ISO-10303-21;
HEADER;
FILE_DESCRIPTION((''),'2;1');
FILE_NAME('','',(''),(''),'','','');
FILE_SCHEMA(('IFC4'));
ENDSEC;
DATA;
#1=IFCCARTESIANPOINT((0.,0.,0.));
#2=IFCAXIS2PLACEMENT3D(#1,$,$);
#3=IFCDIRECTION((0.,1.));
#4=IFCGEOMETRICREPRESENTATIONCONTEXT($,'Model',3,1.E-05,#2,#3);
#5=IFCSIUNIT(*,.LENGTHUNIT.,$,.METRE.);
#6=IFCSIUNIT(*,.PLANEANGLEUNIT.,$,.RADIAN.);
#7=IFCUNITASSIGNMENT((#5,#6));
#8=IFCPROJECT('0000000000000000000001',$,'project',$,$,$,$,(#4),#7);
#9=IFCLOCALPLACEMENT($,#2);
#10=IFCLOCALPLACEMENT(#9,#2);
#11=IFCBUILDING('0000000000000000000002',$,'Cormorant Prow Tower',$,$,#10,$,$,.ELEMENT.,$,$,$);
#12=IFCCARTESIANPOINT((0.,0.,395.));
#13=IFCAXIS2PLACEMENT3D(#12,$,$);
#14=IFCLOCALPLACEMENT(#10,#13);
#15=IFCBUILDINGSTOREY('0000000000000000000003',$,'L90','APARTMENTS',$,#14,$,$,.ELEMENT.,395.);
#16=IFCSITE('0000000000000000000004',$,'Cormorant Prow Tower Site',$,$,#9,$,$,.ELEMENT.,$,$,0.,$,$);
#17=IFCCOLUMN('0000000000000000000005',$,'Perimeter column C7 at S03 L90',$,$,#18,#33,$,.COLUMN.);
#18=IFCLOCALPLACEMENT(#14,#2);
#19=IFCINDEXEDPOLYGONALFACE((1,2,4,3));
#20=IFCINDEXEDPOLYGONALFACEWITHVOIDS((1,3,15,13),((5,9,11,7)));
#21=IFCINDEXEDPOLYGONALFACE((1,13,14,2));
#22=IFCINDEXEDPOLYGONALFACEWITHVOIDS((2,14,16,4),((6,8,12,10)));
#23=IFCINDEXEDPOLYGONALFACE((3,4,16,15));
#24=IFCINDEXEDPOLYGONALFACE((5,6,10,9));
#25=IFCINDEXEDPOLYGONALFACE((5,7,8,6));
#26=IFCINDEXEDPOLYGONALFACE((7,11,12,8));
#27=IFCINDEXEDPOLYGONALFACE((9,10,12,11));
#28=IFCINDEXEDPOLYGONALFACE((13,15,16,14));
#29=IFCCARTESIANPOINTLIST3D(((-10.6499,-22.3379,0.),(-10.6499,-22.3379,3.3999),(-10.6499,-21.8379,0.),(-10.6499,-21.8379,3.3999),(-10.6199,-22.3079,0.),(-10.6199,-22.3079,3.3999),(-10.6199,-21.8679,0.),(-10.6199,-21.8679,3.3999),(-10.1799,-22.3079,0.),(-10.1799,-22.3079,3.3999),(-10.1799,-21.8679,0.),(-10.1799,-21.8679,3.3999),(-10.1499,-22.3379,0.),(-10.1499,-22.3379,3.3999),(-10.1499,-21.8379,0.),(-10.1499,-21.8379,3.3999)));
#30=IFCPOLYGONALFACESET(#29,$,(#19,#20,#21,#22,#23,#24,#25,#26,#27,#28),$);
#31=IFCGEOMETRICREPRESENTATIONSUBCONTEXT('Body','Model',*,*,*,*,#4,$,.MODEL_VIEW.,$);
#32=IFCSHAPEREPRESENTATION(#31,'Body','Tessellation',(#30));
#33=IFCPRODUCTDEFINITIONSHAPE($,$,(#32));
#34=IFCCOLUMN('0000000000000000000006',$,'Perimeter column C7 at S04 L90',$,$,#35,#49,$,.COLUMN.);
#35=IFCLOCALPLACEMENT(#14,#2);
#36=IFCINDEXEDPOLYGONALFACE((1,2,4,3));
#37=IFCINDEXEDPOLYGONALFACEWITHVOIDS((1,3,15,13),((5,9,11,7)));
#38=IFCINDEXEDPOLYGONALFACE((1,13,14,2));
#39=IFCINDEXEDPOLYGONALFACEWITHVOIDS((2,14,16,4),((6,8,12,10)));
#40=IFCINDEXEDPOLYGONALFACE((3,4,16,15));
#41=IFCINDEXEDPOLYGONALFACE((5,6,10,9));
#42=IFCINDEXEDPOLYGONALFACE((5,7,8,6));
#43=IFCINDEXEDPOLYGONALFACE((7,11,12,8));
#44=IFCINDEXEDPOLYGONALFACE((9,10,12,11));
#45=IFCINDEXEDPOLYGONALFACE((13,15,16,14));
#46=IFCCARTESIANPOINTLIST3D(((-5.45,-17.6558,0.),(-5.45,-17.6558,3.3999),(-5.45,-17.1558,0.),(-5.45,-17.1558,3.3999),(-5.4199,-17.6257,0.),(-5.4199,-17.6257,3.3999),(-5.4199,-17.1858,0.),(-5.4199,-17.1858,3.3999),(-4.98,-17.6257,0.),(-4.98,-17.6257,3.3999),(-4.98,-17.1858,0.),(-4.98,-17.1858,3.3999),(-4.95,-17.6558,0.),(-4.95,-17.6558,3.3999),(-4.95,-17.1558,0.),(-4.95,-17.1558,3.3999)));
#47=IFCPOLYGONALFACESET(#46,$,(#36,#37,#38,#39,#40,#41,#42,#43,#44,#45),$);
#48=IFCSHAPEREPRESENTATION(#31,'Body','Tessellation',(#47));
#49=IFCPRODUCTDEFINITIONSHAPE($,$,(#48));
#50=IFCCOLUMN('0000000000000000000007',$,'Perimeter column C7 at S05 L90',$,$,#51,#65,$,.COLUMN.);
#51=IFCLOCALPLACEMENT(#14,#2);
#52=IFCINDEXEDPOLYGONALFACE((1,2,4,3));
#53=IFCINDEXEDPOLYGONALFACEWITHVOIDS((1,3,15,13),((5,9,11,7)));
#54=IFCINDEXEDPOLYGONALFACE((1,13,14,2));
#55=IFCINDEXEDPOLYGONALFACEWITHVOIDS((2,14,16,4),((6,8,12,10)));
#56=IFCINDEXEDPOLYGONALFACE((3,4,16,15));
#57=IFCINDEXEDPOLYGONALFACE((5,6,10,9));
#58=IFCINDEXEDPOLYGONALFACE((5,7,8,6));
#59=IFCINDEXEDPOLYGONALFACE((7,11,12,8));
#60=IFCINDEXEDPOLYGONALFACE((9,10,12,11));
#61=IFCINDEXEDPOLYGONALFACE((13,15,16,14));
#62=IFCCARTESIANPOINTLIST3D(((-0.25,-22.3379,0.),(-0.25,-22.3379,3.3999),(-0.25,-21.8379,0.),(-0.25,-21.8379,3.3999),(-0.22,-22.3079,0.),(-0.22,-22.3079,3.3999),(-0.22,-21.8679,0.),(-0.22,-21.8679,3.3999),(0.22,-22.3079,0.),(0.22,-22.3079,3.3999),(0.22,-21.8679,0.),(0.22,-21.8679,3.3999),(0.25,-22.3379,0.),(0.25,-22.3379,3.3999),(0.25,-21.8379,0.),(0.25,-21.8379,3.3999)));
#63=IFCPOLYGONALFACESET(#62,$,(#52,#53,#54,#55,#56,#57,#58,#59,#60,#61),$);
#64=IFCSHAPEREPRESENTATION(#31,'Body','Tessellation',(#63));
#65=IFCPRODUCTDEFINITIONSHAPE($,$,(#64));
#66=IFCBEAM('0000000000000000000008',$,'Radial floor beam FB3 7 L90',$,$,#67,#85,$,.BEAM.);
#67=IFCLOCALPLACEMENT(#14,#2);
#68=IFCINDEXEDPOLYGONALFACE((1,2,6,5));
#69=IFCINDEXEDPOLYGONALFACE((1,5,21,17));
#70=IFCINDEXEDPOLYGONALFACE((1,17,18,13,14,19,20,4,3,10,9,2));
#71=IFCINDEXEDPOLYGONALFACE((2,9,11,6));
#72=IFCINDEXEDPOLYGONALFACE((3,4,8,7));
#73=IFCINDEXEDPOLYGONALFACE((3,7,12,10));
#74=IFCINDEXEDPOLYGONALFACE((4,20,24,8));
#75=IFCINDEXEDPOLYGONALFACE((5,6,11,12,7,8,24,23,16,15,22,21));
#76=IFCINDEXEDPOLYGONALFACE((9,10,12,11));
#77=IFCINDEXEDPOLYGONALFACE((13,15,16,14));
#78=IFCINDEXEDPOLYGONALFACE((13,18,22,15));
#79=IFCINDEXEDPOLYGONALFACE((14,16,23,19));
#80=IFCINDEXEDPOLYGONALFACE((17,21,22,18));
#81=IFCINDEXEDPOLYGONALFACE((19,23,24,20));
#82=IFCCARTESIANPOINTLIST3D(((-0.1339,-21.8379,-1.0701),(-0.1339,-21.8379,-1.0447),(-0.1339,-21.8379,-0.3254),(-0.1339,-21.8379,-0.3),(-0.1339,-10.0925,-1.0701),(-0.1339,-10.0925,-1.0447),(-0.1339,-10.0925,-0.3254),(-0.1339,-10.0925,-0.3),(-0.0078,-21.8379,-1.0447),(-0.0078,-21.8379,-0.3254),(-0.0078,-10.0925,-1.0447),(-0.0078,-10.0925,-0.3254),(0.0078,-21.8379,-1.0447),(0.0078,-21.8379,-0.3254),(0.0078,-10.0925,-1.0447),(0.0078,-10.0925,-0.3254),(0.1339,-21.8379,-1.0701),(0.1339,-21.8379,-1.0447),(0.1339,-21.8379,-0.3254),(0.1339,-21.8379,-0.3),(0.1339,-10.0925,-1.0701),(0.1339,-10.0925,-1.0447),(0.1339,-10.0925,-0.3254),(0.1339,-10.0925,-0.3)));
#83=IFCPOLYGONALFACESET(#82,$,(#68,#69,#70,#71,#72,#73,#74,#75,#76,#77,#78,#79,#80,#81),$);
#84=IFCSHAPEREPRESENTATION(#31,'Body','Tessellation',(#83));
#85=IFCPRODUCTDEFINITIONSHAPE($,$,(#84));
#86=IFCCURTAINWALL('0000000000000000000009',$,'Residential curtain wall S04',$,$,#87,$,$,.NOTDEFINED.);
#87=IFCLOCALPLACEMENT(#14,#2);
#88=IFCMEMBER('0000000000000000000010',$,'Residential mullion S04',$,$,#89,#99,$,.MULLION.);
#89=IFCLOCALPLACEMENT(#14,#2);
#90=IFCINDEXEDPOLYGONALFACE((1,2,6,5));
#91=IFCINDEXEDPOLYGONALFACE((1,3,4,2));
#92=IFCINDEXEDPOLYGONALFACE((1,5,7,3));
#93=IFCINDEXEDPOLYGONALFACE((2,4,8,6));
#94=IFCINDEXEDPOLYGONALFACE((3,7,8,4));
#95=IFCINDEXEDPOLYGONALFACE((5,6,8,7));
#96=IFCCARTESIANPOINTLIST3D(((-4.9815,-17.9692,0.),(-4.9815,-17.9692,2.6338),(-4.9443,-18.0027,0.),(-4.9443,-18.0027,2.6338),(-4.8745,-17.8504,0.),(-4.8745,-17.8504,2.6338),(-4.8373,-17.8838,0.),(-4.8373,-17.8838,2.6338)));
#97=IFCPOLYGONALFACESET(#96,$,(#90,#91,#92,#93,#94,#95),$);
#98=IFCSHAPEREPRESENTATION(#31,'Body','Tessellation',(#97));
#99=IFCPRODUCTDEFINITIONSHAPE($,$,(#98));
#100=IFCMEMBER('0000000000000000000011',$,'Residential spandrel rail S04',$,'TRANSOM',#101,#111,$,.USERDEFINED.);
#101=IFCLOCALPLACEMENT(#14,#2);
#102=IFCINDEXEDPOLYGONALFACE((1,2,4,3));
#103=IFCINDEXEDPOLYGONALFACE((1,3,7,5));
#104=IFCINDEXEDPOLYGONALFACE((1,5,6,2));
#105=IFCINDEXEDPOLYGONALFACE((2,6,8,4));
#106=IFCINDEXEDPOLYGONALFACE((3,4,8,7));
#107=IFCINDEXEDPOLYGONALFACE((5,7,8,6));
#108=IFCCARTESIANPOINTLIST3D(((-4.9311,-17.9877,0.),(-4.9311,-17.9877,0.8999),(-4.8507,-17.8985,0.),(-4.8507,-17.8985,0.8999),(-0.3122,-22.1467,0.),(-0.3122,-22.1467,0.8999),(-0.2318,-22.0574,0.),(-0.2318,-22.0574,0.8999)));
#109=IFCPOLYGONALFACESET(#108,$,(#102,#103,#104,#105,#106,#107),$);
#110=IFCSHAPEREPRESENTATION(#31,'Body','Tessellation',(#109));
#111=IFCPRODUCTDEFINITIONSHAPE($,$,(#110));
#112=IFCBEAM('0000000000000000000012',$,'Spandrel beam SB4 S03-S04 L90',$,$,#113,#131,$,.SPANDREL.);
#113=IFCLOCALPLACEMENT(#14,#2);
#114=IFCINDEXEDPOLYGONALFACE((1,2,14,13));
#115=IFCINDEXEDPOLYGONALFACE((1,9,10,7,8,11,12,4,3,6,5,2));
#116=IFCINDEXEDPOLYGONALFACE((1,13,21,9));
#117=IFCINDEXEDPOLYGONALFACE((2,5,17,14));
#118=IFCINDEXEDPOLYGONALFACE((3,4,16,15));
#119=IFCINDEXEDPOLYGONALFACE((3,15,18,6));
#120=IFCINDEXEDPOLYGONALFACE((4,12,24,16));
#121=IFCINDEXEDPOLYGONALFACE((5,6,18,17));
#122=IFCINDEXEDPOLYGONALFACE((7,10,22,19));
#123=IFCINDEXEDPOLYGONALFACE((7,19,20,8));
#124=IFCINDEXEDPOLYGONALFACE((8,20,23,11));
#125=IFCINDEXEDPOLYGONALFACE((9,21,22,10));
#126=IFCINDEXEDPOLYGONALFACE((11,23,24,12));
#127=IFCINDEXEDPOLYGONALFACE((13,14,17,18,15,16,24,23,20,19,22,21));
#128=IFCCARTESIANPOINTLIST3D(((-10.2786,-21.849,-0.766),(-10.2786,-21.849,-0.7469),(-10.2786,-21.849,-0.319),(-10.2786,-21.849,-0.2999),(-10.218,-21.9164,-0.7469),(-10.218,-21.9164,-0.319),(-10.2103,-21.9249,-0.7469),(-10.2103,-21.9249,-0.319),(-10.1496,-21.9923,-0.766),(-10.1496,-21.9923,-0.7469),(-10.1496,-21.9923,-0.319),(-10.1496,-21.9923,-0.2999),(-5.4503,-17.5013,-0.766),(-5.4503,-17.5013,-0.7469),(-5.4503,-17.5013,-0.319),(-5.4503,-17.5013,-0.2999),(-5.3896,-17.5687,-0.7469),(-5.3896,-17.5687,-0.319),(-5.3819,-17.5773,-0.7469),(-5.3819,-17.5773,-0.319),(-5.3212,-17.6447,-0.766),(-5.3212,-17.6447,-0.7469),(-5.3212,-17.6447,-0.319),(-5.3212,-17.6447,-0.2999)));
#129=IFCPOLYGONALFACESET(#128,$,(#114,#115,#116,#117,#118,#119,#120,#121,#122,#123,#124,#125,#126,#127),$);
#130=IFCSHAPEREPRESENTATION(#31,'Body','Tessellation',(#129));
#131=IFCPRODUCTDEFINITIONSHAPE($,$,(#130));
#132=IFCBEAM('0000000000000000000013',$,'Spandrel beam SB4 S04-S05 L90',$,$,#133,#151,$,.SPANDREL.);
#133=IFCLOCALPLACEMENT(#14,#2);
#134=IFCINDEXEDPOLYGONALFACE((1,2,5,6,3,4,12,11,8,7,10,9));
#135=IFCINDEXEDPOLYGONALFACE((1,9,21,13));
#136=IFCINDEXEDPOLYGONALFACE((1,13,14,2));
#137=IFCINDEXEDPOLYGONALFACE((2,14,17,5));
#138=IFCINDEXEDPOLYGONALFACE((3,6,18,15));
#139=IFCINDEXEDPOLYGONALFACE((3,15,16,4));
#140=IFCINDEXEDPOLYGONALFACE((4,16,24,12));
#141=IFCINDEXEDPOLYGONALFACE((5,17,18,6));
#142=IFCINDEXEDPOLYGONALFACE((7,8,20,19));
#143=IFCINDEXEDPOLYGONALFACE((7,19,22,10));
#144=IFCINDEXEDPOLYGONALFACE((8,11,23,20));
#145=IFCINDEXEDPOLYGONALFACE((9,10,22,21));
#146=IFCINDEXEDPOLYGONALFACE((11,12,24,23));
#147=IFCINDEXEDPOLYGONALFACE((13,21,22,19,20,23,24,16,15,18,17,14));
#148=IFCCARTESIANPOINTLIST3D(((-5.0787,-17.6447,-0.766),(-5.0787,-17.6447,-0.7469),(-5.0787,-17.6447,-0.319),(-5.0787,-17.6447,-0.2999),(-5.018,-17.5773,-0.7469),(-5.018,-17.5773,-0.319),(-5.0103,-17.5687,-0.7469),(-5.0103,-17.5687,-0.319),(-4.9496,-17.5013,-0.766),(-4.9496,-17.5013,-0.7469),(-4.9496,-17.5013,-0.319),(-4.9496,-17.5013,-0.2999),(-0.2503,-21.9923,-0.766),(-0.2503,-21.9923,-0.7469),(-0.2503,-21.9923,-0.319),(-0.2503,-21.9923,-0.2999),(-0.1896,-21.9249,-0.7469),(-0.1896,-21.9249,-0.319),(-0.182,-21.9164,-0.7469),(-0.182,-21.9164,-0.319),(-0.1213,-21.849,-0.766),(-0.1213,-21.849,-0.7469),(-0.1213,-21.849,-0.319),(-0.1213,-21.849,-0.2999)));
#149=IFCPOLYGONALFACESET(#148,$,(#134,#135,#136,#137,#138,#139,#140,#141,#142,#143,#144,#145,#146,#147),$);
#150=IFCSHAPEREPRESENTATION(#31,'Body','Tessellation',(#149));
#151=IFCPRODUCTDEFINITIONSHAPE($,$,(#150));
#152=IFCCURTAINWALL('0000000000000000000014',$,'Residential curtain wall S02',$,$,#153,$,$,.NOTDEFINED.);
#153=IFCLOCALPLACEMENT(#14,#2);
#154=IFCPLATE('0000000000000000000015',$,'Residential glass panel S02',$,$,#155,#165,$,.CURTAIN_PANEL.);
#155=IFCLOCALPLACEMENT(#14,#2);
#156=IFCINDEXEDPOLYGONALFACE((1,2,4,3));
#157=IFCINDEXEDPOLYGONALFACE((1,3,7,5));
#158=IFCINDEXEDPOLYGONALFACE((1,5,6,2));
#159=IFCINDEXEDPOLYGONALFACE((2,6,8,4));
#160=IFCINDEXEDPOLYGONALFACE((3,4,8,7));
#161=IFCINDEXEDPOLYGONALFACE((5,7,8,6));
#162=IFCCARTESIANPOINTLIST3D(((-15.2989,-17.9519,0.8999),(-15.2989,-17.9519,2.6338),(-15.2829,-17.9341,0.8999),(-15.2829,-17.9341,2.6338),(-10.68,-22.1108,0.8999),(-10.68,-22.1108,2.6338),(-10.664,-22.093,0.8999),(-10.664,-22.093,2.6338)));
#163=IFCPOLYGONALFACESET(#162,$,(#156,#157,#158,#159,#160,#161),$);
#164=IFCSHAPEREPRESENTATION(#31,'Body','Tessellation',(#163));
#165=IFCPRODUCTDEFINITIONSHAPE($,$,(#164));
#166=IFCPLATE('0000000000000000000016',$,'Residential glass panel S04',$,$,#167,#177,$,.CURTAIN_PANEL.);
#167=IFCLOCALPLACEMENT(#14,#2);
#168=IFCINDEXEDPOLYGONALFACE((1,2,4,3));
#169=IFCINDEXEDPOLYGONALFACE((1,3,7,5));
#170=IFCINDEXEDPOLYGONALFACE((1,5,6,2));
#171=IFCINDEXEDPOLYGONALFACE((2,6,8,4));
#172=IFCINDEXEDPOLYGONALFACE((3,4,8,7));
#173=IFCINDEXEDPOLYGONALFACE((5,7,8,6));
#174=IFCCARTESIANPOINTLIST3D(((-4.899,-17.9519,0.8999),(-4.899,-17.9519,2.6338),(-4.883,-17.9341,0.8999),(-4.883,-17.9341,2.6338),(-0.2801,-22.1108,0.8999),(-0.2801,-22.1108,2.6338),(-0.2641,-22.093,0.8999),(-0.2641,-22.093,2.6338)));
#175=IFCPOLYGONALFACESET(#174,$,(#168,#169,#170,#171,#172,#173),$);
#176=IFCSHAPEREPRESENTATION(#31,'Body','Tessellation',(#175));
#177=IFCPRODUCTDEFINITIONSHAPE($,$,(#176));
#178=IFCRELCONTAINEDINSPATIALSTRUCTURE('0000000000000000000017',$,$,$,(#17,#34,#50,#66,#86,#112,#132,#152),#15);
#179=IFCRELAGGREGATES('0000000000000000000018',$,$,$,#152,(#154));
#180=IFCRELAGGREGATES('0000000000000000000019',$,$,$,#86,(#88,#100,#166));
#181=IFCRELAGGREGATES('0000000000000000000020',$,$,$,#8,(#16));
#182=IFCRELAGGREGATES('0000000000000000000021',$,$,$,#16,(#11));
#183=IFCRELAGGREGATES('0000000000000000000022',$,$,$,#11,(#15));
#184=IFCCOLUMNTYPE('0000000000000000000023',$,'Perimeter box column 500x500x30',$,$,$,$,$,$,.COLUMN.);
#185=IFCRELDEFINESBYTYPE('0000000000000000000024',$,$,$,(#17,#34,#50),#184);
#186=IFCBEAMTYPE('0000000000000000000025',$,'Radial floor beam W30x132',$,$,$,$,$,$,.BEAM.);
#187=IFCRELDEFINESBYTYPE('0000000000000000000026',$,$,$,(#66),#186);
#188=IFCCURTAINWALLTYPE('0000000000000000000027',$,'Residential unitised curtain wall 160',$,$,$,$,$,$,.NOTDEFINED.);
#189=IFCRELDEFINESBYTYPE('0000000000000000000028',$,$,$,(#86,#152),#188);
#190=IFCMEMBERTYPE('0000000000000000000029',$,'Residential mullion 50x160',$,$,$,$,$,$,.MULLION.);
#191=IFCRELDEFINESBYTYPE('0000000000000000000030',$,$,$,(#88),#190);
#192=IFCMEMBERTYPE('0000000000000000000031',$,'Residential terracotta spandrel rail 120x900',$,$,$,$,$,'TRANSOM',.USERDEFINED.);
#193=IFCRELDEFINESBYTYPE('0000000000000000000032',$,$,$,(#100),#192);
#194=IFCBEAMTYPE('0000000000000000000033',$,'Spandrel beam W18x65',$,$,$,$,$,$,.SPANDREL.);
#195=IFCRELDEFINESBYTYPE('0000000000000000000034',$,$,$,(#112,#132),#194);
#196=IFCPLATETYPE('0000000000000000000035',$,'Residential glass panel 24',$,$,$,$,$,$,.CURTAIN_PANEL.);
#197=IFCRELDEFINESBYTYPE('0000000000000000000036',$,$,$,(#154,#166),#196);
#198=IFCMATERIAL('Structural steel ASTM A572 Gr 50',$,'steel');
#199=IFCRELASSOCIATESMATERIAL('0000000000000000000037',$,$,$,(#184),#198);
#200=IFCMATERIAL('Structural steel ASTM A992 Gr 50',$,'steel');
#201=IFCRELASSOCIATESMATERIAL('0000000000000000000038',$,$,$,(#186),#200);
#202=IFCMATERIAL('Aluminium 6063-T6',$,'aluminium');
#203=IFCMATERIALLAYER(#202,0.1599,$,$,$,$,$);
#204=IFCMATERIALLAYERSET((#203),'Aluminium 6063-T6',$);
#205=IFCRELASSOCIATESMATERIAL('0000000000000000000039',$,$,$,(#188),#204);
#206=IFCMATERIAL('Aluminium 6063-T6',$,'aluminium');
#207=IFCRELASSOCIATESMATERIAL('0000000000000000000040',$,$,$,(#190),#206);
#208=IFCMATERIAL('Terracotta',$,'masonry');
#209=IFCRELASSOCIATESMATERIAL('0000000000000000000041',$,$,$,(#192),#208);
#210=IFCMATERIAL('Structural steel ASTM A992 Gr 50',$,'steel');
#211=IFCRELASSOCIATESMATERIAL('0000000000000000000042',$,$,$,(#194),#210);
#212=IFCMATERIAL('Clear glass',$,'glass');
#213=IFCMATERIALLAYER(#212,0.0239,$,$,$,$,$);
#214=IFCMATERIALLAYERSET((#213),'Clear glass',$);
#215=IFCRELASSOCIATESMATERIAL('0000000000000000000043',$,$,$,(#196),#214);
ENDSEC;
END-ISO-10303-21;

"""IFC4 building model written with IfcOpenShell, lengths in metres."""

from ifc_helpers import new_model, si_unit, direction, frame, origin, origin_2d, place, context, subcontext, project, spatial, rectangle, hollow_rectangle, i_section, extrude, material, layer, layer_set, material_profile, profile_set, type_object, element, aggregate, save


model = new_model("IFC4")

# Units and contexts
model_context = context("Model", 3, precision=1e-05, world=origin(), true_north=direction((0.0, 1.0)))
body_context = subcontext(model_context, "Body", "Model", "MODEL_VIEW")
ifc_project = project(units=[si_unit("LENGTHUNIT", "METRE"), si_unit("PLANEANGLEUNIT", "RADIAN")], contexts=[model_context])

# Site, building, storey
site_placement = place(None, origin())
site = spatial("IfcSite", under=ifc_project, at=site_placement, Name="Cormorant Prow Tower Site", CompositionType="ELEMENT", RefElevation=0.0)
building_placement = place(site_placement, origin())
building = spatial("IfcBuilding", under=site, at=building_placement, Name="Cormorant Prow Tower", CompositionType="ELEMENT")
storey_placement = place(building_placement, frame((0.0, 0.0, 395.0)))
storey = spatial("IfcBuildingStorey", under=building, at=storey_placement, Name="L90", Description="APARTMENTS", CompositionType="ELEMENT", Elevation=395.0)

# Columns
ifc_material_1 = material(Name="Structural steel ASTM A572 Gr 50", Category="steel")
ifc_material_profile_1 = material_profile(ifc_material_1, hollow_rectangle(XDim=0.5, YDim=0.5, WallThickness=0.03, at=origin_2d()), Name="Box 500x500x30")
ifc_profile_set_1 = profile_set([ifc_material_profile_1], Name="Structural steel ASTM A572 Gr 50")
column_type = type_object("IfcColumnType", Name="Perimeter box column 500x500x30", PredefinedType="COLUMN", material=ifc_profile_set_1)
for number, where, z_axis, x_axis, name in (
    (1, (-10.3999, -22.0879, 0.0), (0.0, 0.0, 1.0), (1.0, 0.0, 0.0), "Perimeter column C7 at S03 L90"),
    (2, (-5.2, -17.4058, 0.0), (0.0, 0.0, 1.0), (1.0, 0.0, 0.0), "Perimeter column C7 at S04 L90"),
    (3, (0.0, -22.0879, 0.0), (0.0, 0.0, 1.0), (1.0, 0.0, 0.0), "Perimeter column C7 at S05 L90"),
):
    element("IfcColumn", number, at=place(storey_placement, frame(where, z_axis=z_axis, x_axis=x_axis)), inside=storey, type_object=column_type, Name=name, PredefinedType="COLUMN", context=body_context, shape_type="SweptSolid", body=[
        extrude(hollow_rectangle(XDim=0.5, YDim=0.5, WallThickness=0.03, at=origin_2d()), origin(), (0.0, 0.0, 1.0), 3.3999),
    ])

# Beam
ifc_material_2 = material(Name="Structural steel ASTM A992 Gr 50", Category="steel")
ifc_material_profile_2 = material_profile(ifc_material_2, i_section(OverallWidth=0.2678, OverallDepth=0.77, WebThickness=0.0156, FlangeThickness=0.0254, at=origin_2d()), Name="W30x132")
ifc_profile_set_2 = profile_set([ifc_material_profile_2], Name="Structural steel ASTM A992 Gr 50")
beam_type_1 = type_object("IfcBeamType", Name="Radial floor beam W30x132", PredefinedType="BEAM", material=ifc_profile_set_2)
beam_placement = place(storey_placement, frame((0.0, -10.0925, -0.6851), z_axis=(0.0, -1.0, 0.0), x_axis=(1.0, 0.0, 0.0)))
element("IfcBeam", 4, at=beam_placement, inside=storey, type_object=beam_type_1, Name="Radial floor beam FB3 7 L90", PredefinedType="BEAM", context=body_context, shape_type="SweptSolid", body=[
    extrude(i_section(OverallWidth=0.2678, OverallDepth=0.77, WebThickness=0.0156, FlangeThickness=0.0254, at=origin_2d()), origin(), (0.0, 0.0, 1.0), 11.7454),
])

# Curtain wall, members
ifc_material_3 = material(Name="Aluminium 6063-T6", Category="aluminium")
ifc_layer_1 = layer(ifc_material_3, 0.1599)
ifc_layer_set_1 = layer_set([ifc_layer_1], Name="Aluminium 6063-T6")
curtain_wall_type = type_object("IfcCurtainWallType", Name="Residential unitised curtain wall 160", PredefinedType="NOTDEFINED", material=ifc_layer_set_1)
curtain_wall_1_placement = place(storey_placement, origin())
curtain_wall_1 = element("IfcCurtainWall", 5, at=curtain_wall_1_placement, inside=storey, type_object=curtain_wall_type, Name="Residential curtain wall S04", PredefinedType="NOTDEFINED")
ifc_material_4 = material(Name="Aluminium 6063-T6", Category="aluminium")
ifc_material_profile_3 = material_profile(ifc_material_4, rectangle(XDim=0.1599, YDim=0.05, at=origin_2d()), Name="Residential mullion 50x160")
ifc_profile_set_3 = profile_set([ifc_material_profile_3], Name="Aluminium 6063-T6")
member_type_1 = type_object("IfcMemberType", Name="Residential mullion 50x160", PredefinedType="MULLION", material=ifc_profile_set_3)
member_1_placement = place(storey_placement, frame((-4.9094, -17.9265, 0.0), z_axis=(0.0, 0.0, 1.0), x_axis=(0.669131, 0.743145, 0.0)))
member_1 = element("IfcMember", 6, at=member_1_placement, type_object=member_type_1, Name="Residential mullion S04", PredefinedType="MULLION", context=body_context, shape_type="SweptSolid", body=[
    extrude(rectangle(XDim=0.1599, YDim=0.05, at=origin_2d()), origin(), (0.0, 0.0, 1.0), 2.6338),
])
ifc_material_5 = material(Name="Terracotta", Category="masonry")
ifc_material_profile_4 = material_profile(ifc_material_5, rectangle(XDim=0.1201, YDim=0.8999, at=origin_2d()), Name="Residential terracotta spandrel rail 120x900")
ifc_profile_set_4 = profile_set([ifc_material_profile_4], Name="Terracotta")
member_type_2 = type_object("IfcMemberType", Name="Residential terracotta spandrel rail 120x900", ElementType="TRANSOM", PredefinedType="USERDEFINED", material=ifc_profile_set_4)
member_2_placement = place(storey_placement, frame((-4.8909, -17.9431, 0.45), z_axis=(0.74314, -0.669136, 0.0), x_axis=(0.669136, 0.74314, 0.0)))
member_2 = element("IfcMember", 7, at=member_2_placement, type_object=member_type_2, Name="Residential spandrel rail S04", ObjectType="TRANSOM", PredefinedType="USERDEFINED", context=body_context, shape_type="SweptSolid", body=[
    extrude(rectangle(XDim=0.1201, YDim=0.8999, at=origin_2d()), origin(), (0.0, 0.0, 1.0), 6.2153),
])

# Beams
ifc_material_6 = material(Name="Structural steel ASTM A992 Gr 50", Category="steel")
ifc_material_profile_5 = material_profile(ifc_material_6, i_section(OverallWidth=0.1929, OverallDepth=0.4661, WebThickness=0.0115, FlangeThickness=0.019, at=origin_2d()), Name="W18x65")
ifc_profile_set_5 = profile_set([ifc_material_profile_5], Name="Structural steel ASTM A992 Gr 50")
beam_type_2 = type_object("IfcBeamType", Name="Spandrel beam W18x65", PredefinedType="SPANDREL", material=ifc_profile_set_5)
for number, where, z_axis, x_axis, name in (
    (8, (-10.2141, -21.9207, -0.533), (0.743132, 0.669145, 0.0), (-0.669145, 0.743132, 0.0), "Spandrel beam SB4 S03-S04 L90"),
    (9, (-5.0142, -17.573, -0.533), (0.743132, -0.669145, 0.0), (0.669145, 0.743132, 0.0), "Spandrel beam SB4 S04-S05 L90"),
):
    element("IfcBeam", number, at=place(storey_placement, frame(where, z_axis=z_axis, x_axis=x_axis)), inside=storey, type_object=beam_type_2, Name=name, PredefinedType="SPANDREL", context=body_context, shape_type="SweptSolid", body=[
        extrude(i_section(OverallWidth=0.1929, OverallDepth=0.4661, WebThickness=0.0115, FlangeThickness=0.019, at=origin_2d()), origin(), (0.0, 0.0, 1.0), 6.4973),
    ])

# Curtain wall, plate
curtain_wall_2_placement = place(storey_placement, origin())
curtain_wall_2 = element("IfcCurtainWall", 10, at=curtain_wall_2_placement, inside=storey, type_object=curtain_wall_type, Name="Residential curtain wall S02", PredefinedType="NOTDEFINED")
ifc_material_7 = material(Name="Clear glass", Category="glass")
ifc_layer_2 = layer(ifc_material_7, 0.0239)
ifc_layer_set_2 = layer_set([ifc_layer_2], Name="Clear glass")
plate_type = type_object("IfcPlateType", Name="Residential glass panel 24", PredefinedType="CURTAIN_PANEL", material=ifc_layer_set_2)
plate_1_placement = place(storey_placement, frame((-12.9814, -20.0225, 0.8999), z_axis=(0.0, 0.0, 1.0), x_axis=(0.743145, -0.669131, 0.0)))
plate_1 = element("IfcPlate", 11, at=plate_1_placement, type_object=plate_type, Name="Residential glass panel S02", PredefinedType="CURTAIN_PANEL", context=body_context, shape_type="SweptSolid", body=[
    extrude(rectangle(XDim=6.2153, YDim=0.0239, at=origin_2d()), origin(), (0.0, 0.0, 1.0), 1.7339),
])
aggregate(curtain_wall_2, [plate_1])

# Plate
plate_2_placement = place(storey_placement, frame((-2.5815, -20.0225, 0.8999), z_axis=(0.0, 0.0, 1.0), x_axis=(0.743145, -0.669131, 0.0)))
plate_2 = element("IfcPlate", 12, at=plate_2_placement, type_object=plate_type, Name="Residential glass panel S04", PredefinedType="CURTAIN_PANEL", context=body_context, shape_type="SweptSolid", body=[
    extrude(rectangle(XDim=6.2153, YDim=0.0239, at=origin_2d()), origin(), (0.0, 0.0, 1.0), 1.7339),
])
aggregate(curtain_wall_1, [member_1, member_2, plate_2])

save(model, "model.ifc")
